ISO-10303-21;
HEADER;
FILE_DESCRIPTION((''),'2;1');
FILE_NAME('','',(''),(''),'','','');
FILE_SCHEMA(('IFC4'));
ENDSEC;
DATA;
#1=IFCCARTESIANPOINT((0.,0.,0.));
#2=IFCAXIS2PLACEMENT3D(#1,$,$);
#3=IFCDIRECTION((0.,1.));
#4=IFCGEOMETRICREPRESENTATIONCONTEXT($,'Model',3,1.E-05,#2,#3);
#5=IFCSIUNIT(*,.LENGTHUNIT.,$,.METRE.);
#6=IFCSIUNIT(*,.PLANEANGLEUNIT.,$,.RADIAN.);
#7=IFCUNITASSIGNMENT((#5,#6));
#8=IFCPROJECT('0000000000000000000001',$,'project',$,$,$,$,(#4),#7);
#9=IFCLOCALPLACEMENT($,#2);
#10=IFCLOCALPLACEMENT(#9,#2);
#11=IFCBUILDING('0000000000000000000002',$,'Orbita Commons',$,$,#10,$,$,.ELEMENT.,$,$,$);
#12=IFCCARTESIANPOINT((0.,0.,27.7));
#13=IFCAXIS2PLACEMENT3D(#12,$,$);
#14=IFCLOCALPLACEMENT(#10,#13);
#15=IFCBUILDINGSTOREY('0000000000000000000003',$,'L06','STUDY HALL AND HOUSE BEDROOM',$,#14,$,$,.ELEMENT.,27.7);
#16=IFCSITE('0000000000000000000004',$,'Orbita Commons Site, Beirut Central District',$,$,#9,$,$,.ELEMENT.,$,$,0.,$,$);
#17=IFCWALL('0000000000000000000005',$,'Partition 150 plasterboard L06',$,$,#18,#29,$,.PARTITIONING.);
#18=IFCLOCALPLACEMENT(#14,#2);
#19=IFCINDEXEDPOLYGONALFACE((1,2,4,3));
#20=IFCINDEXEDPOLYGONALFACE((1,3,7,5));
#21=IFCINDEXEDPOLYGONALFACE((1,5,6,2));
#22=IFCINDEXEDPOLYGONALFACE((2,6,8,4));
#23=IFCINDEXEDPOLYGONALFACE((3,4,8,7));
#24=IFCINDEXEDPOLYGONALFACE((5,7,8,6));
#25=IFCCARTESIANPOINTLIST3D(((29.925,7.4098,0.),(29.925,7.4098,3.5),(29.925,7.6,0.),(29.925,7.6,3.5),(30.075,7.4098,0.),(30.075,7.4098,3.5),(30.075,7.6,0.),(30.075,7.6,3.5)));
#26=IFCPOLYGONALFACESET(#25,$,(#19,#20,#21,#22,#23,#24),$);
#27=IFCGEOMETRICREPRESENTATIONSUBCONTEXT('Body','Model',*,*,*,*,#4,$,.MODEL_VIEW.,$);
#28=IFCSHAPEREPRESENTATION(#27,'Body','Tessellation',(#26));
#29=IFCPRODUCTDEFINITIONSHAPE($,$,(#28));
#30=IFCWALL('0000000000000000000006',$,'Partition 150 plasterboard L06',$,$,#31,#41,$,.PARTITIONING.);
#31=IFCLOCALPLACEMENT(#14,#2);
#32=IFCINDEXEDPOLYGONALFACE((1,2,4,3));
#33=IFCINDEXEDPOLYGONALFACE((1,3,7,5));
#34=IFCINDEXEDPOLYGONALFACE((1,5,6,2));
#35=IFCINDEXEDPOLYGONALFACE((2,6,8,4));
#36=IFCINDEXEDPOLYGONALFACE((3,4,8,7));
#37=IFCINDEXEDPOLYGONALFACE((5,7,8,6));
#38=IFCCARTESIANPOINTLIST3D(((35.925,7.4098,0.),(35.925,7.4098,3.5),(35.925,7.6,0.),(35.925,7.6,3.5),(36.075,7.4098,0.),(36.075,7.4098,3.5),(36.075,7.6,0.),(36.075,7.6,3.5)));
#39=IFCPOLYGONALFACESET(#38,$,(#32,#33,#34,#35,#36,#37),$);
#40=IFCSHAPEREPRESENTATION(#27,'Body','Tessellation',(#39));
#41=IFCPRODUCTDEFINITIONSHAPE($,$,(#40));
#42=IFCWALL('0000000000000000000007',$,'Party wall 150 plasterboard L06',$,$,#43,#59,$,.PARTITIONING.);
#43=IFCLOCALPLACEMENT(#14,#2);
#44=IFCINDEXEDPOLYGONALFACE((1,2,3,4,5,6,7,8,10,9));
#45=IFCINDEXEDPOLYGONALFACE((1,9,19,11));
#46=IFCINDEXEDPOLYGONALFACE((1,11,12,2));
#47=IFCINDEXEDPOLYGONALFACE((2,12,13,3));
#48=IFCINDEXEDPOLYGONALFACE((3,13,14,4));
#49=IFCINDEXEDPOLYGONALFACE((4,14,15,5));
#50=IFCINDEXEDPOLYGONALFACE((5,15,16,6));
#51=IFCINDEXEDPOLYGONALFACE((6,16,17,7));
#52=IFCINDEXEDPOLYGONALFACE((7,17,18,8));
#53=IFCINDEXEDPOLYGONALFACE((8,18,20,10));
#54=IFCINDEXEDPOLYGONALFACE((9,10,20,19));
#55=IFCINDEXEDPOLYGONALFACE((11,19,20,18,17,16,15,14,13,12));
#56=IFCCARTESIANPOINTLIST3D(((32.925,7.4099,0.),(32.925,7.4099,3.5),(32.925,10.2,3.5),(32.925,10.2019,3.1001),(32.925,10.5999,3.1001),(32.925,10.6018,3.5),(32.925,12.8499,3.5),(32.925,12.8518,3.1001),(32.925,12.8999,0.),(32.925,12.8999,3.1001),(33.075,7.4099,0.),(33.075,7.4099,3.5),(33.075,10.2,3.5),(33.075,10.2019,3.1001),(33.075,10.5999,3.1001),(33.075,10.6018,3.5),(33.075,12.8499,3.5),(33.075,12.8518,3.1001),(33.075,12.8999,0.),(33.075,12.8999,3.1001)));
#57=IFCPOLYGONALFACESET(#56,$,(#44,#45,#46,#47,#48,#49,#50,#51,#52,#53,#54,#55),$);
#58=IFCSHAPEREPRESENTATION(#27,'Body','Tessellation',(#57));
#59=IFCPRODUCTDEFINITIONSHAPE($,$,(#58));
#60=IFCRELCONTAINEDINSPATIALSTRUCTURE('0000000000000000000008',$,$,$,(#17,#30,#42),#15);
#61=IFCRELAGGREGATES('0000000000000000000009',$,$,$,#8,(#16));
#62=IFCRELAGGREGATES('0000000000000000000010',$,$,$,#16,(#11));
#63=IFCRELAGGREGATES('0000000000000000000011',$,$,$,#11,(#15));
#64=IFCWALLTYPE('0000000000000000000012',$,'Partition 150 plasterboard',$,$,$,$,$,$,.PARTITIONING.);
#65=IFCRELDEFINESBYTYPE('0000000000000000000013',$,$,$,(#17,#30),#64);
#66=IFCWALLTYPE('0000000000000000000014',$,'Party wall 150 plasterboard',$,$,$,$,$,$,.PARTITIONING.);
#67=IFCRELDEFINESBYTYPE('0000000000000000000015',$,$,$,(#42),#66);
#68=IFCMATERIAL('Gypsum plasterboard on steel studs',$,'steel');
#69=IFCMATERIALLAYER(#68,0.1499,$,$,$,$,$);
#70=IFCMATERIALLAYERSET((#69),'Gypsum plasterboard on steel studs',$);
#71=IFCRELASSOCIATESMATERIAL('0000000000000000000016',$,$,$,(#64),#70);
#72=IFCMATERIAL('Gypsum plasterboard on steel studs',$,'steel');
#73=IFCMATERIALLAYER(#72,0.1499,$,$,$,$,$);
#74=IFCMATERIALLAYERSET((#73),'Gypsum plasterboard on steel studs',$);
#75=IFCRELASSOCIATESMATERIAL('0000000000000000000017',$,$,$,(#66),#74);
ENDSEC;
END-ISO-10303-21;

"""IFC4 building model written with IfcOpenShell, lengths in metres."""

from ifc_helpers import new_model, si_unit, direction, frame, frame_2d, origin, place, context, subcontext, project, spatial, polyline, rectangle, outline, extrude, material, layer, layer_set, type_object, element, save


model = new_model("IFC4")

# Units and contexts
model_context = context("Model", 3, precision=1e-05, world=origin(), true_north=direction((0.0, 1.0)))
body_context = subcontext(model_context, "Body", "Model", "MODEL_VIEW")
ifc_project = project(units=[si_unit("LENGTHUNIT", "METRE"), si_unit("PLANEANGLEUNIT", "RADIAN")], contexts=[model_context])

# Site, building, storey
site_placement = place(None, origin())
site = spatial("IfcSite", under=ifc_project, at=site_placement, Name="Orbita Commons Site, Beirut Central District", CompositionType="ELEMENT", RefElevation=0.0)
building_placement = place(site_placement, origin())
building = spatial("IfcBuilding", under=site, at=building_placement, Name="Orbita Commons", CompositionType="ELEMENT")
storey_placement = place(building_placement, frame((0.0, 0.0, 27.7)))
storey = spatial("IfcBuildingStorey", under=building, at=storey_placement, Name="L06", Description="STUDY HALL AND HOUSE BEDROOM", CompositionType="ELEMENT", Elevation=27.7)

# Walls
ifc_material_1 = material(Name="Gypsum plasterboard on steel studs", Category="steel")
ifc_layer_1 = layer(ifc_material_1, 0.1499)
ifc_layer_set_1 = layer_set([ifc_layer_1], Name="Gypsum plasterboard on steel studs")
wall_type_1 = type_object("IfcWallType", Name="Partition 150 plasterboard", PredefinedType="PARTITIONING", material=ifc_layer_set_1)
for number, where, z_axis, x_axis, name in (
    (1, (30.0, 7.6001, 0.0), (0.0, 0.0, 1.0), (0.0, -1.0, 0.0), "Partition 150 plasterboard L06"),
    (2, (36.0, 7.6001, 0.0), (0.0, 0.0, 1.0), (0.0, -1.0, 0.0), "Partition 150 plasterboard L06"),
):
    element("IfcWall", number, at=place(storey_placement, frame(where, z_axis=z_axis, x_axis=x_axis)), inside=storey, type_object=wall_type_1, Name=name, PredefinedType="PARTITIONING", context=body_context, shape_type="SweptSolid", body=[
        extrude(rectangle(XDim=0.1902, YDim=0.1499, at=frame_2d((0.0952, 0.0))), origin(), (0.0, 0.0, 1.0), 3.5),
    ])
ifc_material_2 = material(Name="Gypsum plasterboard on steel studs", Category="steel")
ifc_layer_2 = layer(ifc_material_2, 0.1499)
ifc_layer_set_2 = layer_set([ifc_layer_2], Name="Gypsum plasterboard on steel studs")
wall_type_2 = type_object("IfcWallType", Name="Party wall 150 plasterboard", PredefinedType="PARTITIONING", material=ifc_layer_set_2)
wall_placement = place(storey_placement, frame((33.0, 7.4099, 0.0), z_axis=(0.0, 0.0, 1.0), x_axis=(0.0, 1.0, 0.0)))
element("IfcWall", 3, at=wall_placement, inside=storey, type_object=wall_type_2, Name="Party wall 150 plasterboard L06", PredefinedType="PARTITIONING", context=body_context, shape_type="SweptSolid", body=[
    extrude(outline(polyline([(0.0, 0.0), (5.49, 0.0), (5.49, 3.1001), (5.4419, 3.1001), (5.4399, 3.5), (3.1919, 3.5), (3.1899, 3.1001), (2.792, 3.1001), (2.79, 3.5), (0.0, 3.5), (0.0, 0.0)])), frame((0.0, 0.075, 0.0), z_axis=(0.0, -1.0, 0.0), x_axis=(1.0, 0.0, 0.0)), (0.0, 0.0, 1.0), 0.1499),
])

save(model, "model.ifc")
